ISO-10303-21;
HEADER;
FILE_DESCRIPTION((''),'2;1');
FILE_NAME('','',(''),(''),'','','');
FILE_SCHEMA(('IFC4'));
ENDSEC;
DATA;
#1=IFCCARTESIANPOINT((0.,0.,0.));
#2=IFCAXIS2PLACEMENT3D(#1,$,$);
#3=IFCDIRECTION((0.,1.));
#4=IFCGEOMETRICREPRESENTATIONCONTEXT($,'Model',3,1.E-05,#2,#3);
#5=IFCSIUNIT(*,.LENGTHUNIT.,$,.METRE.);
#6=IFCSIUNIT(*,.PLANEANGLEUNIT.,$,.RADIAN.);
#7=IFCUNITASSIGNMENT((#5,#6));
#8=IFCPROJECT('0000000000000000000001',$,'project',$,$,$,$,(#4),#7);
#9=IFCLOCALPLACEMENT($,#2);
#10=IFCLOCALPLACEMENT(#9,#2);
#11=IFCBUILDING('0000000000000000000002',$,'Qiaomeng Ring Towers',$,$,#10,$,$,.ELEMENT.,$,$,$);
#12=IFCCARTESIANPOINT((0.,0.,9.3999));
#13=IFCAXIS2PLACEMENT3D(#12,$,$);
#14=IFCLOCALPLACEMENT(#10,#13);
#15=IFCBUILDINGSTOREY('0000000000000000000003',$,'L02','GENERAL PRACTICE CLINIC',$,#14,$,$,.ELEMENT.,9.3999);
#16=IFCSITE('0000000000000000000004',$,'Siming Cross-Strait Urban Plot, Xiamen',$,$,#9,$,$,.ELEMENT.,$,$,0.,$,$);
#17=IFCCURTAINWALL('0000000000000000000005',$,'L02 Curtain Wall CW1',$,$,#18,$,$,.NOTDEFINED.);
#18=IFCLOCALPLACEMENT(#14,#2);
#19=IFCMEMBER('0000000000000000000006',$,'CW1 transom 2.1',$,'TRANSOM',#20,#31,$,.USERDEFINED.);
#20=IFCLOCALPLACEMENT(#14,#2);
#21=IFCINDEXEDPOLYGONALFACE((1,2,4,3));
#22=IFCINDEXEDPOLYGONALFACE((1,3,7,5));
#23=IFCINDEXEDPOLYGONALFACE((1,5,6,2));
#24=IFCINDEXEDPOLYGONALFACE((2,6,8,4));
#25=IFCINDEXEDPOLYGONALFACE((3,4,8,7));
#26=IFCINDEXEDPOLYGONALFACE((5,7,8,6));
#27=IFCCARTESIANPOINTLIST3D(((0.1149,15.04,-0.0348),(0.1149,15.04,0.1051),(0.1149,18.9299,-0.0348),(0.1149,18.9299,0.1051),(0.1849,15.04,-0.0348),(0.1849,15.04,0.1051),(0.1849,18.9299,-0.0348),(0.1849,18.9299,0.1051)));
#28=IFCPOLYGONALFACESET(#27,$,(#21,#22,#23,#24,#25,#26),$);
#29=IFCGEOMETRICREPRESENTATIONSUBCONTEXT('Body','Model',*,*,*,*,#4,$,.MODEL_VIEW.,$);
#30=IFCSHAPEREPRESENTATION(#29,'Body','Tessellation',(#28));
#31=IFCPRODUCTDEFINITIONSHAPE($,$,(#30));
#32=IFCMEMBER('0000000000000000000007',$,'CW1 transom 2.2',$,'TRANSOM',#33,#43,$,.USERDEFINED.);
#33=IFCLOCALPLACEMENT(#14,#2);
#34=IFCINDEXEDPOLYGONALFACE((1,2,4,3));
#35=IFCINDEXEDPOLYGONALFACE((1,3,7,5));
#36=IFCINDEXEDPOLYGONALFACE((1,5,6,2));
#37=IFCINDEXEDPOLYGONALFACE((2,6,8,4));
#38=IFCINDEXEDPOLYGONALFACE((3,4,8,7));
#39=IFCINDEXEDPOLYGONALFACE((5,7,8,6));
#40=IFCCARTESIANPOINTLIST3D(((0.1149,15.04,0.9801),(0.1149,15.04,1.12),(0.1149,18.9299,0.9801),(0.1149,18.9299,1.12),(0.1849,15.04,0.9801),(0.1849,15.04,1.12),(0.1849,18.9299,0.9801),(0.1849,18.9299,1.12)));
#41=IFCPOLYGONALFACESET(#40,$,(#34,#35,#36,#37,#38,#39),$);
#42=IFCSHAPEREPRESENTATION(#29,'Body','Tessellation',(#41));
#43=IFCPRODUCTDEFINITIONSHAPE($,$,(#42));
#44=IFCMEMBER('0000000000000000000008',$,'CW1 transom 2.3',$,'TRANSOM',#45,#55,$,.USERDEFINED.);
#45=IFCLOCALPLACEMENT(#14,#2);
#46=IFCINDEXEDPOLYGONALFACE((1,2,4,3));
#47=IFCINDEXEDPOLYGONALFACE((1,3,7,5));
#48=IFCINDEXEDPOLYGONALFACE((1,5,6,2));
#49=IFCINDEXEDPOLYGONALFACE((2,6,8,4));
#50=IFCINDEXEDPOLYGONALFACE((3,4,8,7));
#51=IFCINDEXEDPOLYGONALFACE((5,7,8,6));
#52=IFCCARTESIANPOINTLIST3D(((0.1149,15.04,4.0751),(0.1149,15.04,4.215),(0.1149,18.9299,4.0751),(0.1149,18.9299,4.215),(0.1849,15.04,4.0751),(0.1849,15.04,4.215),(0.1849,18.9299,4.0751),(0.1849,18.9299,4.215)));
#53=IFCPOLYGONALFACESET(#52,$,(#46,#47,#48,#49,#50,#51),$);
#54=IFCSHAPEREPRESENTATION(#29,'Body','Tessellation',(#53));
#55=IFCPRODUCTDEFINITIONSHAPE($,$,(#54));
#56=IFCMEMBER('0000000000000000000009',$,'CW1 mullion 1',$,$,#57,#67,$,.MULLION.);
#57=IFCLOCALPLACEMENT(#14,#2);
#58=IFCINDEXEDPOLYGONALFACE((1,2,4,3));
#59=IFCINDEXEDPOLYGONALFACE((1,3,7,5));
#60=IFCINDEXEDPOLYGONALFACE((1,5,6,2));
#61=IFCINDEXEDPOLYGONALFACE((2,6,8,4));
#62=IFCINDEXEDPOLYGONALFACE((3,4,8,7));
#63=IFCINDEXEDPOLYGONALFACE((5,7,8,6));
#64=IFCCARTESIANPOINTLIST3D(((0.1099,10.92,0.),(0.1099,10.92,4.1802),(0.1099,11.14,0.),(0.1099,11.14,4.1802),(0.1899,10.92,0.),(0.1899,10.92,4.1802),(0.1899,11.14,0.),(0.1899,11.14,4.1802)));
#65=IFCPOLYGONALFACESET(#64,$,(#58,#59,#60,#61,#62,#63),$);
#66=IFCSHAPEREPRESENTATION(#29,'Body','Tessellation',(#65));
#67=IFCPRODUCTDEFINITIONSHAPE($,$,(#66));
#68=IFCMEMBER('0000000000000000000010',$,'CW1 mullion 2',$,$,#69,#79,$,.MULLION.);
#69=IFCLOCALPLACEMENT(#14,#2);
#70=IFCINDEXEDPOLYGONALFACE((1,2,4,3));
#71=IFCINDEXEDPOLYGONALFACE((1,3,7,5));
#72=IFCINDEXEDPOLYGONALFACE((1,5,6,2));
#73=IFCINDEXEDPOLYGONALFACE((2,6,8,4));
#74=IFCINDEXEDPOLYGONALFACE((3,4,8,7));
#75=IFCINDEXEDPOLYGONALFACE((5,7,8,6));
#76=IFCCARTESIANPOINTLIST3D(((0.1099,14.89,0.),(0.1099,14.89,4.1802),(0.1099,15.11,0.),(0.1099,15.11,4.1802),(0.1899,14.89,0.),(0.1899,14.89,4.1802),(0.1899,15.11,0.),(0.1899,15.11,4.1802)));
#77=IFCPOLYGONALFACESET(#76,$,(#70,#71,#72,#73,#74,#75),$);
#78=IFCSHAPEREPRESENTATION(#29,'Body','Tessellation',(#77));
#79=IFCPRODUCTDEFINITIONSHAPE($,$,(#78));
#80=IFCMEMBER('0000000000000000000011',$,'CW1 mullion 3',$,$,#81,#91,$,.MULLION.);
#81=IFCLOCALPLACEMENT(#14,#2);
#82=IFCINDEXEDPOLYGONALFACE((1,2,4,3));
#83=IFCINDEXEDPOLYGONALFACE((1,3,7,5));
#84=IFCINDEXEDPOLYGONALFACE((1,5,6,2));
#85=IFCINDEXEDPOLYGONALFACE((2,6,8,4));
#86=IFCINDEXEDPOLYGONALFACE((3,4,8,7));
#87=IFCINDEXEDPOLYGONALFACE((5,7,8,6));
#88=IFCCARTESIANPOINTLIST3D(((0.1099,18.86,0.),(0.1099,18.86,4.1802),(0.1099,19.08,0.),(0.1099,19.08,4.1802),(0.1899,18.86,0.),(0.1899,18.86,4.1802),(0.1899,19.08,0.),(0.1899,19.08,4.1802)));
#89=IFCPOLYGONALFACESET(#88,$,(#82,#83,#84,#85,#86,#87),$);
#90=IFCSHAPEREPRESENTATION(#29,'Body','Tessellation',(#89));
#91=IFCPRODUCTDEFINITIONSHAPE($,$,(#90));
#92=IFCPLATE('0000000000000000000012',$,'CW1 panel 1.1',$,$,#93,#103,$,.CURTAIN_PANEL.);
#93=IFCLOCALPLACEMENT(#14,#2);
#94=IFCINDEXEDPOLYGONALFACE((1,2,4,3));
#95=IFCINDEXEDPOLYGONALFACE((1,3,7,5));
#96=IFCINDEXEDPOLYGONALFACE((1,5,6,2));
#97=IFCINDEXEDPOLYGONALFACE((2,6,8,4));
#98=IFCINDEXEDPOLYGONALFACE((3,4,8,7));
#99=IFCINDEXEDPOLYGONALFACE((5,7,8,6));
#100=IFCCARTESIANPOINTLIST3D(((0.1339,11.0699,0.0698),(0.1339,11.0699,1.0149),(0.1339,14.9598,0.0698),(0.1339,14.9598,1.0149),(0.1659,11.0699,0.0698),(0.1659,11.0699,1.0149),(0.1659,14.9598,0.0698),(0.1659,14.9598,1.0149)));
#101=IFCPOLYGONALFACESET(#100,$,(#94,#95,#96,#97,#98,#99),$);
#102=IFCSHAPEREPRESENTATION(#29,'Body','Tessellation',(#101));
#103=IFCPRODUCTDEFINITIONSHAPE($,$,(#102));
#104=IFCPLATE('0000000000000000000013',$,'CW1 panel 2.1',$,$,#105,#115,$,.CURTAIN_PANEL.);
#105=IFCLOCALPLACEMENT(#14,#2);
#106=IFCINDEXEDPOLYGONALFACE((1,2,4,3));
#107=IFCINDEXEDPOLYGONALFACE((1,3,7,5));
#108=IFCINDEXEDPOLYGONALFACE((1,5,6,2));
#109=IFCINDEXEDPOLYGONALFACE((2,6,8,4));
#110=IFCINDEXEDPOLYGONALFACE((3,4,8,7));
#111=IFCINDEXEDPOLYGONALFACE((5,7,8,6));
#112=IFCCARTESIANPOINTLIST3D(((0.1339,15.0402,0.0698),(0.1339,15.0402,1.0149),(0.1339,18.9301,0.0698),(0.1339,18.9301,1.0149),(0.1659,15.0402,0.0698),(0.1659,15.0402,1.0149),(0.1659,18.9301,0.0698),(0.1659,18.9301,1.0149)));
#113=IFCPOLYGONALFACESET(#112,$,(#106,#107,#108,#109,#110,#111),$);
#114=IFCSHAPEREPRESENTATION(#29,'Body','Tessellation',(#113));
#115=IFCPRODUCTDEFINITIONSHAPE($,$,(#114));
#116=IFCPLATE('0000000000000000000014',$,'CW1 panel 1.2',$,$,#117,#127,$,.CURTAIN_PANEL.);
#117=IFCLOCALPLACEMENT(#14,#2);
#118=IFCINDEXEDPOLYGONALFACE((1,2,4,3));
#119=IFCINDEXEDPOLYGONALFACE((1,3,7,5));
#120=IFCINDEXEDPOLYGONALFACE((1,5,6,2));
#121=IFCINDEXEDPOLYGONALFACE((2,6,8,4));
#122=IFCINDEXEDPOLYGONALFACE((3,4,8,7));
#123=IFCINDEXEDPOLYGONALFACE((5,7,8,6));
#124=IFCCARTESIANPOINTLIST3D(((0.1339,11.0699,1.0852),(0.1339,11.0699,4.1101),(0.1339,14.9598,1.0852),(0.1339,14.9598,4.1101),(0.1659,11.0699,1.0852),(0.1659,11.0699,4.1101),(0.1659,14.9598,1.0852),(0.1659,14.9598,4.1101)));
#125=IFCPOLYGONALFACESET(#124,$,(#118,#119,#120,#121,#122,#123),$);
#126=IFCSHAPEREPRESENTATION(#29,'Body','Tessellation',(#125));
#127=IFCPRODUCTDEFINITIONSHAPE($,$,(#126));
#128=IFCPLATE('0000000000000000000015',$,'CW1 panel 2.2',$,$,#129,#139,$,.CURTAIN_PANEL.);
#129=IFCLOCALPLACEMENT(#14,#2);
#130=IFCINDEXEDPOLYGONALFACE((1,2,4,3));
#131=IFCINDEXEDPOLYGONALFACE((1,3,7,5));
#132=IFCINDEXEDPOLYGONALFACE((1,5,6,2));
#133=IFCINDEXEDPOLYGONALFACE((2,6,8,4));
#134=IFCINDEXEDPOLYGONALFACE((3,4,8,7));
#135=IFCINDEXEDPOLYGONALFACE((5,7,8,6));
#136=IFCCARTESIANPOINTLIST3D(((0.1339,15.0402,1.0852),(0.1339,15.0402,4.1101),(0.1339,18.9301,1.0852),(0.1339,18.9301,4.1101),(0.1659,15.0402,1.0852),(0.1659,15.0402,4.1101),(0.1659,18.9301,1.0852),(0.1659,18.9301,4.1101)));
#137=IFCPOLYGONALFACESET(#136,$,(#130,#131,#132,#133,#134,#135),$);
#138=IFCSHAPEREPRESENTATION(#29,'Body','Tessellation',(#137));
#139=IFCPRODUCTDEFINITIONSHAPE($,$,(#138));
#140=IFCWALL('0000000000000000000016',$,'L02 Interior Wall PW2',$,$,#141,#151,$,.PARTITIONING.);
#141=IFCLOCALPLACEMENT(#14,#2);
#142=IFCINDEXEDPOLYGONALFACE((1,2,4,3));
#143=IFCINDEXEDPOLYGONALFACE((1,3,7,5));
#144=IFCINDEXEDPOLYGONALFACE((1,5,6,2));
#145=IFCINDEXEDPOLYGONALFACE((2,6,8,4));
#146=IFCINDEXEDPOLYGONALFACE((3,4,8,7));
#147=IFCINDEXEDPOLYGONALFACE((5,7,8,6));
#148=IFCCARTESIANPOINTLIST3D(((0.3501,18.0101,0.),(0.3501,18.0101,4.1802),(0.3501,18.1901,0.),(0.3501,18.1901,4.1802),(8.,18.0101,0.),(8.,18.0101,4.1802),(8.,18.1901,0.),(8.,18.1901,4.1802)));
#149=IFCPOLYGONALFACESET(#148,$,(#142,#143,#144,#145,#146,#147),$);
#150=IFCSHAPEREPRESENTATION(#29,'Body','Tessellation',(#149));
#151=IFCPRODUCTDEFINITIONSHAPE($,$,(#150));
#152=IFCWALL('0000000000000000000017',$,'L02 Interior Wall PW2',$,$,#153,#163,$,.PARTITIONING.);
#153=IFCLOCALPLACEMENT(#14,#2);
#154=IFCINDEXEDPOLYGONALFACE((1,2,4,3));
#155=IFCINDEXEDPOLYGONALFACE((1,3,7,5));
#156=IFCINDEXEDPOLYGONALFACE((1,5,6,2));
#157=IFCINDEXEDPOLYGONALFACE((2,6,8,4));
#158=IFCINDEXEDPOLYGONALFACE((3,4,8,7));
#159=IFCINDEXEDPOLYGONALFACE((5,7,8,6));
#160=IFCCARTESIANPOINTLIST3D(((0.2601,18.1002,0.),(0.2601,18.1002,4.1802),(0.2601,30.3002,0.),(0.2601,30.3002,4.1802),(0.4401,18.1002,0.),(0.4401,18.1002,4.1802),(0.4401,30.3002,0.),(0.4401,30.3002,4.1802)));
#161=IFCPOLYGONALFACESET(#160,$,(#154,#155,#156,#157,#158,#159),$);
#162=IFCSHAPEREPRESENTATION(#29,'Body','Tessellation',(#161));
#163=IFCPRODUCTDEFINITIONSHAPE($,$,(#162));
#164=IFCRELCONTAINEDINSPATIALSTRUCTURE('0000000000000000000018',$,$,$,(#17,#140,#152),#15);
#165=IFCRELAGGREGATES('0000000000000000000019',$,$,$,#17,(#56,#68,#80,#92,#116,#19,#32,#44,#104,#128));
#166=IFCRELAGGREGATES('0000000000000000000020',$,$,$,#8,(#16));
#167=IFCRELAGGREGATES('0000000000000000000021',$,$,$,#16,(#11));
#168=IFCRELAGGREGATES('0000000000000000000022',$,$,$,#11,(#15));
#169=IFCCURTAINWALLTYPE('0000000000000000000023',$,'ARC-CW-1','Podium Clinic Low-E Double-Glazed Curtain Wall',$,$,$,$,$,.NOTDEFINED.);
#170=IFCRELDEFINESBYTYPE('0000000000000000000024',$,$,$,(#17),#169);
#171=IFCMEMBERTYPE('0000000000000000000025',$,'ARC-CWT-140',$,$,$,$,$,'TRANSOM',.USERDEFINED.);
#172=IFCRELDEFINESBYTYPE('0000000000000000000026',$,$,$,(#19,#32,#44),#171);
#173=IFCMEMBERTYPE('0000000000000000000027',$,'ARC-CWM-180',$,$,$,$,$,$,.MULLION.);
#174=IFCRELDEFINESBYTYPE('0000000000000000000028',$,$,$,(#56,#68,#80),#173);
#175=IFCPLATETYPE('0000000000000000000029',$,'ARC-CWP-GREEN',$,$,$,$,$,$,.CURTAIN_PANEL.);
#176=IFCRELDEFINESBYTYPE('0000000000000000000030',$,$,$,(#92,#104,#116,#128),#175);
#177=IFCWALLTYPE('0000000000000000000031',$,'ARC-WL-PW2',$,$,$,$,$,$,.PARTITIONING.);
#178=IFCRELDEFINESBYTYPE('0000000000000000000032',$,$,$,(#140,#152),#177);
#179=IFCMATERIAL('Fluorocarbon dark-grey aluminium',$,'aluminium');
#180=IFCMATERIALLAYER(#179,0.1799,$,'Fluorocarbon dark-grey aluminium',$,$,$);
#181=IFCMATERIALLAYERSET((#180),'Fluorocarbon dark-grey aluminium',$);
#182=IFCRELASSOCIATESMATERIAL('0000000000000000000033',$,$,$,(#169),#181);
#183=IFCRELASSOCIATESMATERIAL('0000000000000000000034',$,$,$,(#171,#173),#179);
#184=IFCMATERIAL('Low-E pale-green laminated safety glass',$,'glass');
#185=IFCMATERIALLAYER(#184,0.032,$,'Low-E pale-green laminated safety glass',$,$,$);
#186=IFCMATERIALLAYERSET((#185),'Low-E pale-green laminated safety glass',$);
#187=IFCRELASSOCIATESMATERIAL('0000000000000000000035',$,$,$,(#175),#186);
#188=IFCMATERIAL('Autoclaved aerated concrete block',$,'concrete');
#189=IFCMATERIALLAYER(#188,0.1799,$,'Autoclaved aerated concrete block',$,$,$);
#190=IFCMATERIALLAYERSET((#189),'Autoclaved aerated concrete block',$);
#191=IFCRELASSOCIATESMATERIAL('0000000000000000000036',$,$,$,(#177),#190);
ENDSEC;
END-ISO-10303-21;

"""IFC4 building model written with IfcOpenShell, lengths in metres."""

from ifc_helpers import new_model, si_unit, direction, frame, frame_2d, origin, origin_2d, place, context, subcontext, project, spatial, rectangle, extrude, source, transform, mapped, material, layer, layer_set, material_profile, profile_set, type_object, element, aggregate, save


model = new_model("IFC4")

# Units and contexts
model_context = context("Model", 3, precision=1e-05, world=origin(), true_north=direction((0.0, 1.0)))
body_context = subcontext(model_context, "Body", "Model", "MODEL_VIEW")
ifc_project = project(units=[si_unit("LENGTHUNIT", "METRE"), si_unit("PLANEANGLEUNIT", "RADIAN")], contexts=[model_context])

# Site, building, storey
site_placement = place(None, origin())
site = spatial("IfcSite", under=ifc_project, at=site_placement, Name="Siming Cross-Strait Urban Plot, Xiamen", CompositionType="ELEMENT", RefElevation=0.0)
building_placement = place(site_placement, origin())
building = spatial("IfcBuilding", under=site, at=building_placement, Name="Qiaomeng Ring Towers", CompositionType="ELEMENT")
storey_placement = place(building_placement, frame((0.0, 0.0, 9.3999)))
storey = spatial("IfcBuildingStorey", under=building, at=storey_placement, Name="L02", Description="GENERAL PRACTICE CLINIC", CompositionType="ELEMENT", Elevation=9.3999)

# Curtain wall, members, plates
ifc_material_1 = material(Name="Fluorocarbon dark-grey aluminium", Category="aluminium")
ifc_layer_1 = layer(ifc_material_1, 0.1799, Name="Fluorocarbon dark-grey aluminium")
ifc_layer_set_1 = layer_set([ifc_layer_1], Name="Fluorocarbon dark-grey aluminium")
curtain_wall_type = type_object("IfcCurtainWallType", Name="ARC-CW-1", Description="Podium Clinic Low-E Double-Glazed Curtain Wall", PredefinedType="NOTDEFINED", material=ifc_layer_set_1)
curtain_wall_placement = place(storey_placement, origin())
curtain_wall = element("IfcCurtainWall", 1, at=curtain_wall_placement, inside=storey, type_object=curtain_wall_type, Name="L02 Curtain Wall CW1", PredefinedType="NOTDEFINED")
ifc_material_profile_1 = material_profile(ifc_material_1, rectangle(XDim=0.0701, YDim=0.1399, at=origin_2d()), Name="ALU TRAN 70x140")
ifc_profile_set_1 = profile_set([ifc_material_profile_1], Name="Fluorocarbon dark-grey aluminium")
member_type_1 = type_object("IfcMemberType", Name="ARC-CWT-140", ElementType="TRANSOM", PredefinedType="USERDEFINED", material=ifc_profile_set_1)
shared_shape_1 = source(origin(), body_context, "Body", "SweptSolid", [
    extrude(rectangle(XDim=0.0701, YDim=0.1399, at=origin_2d()), origin(), (0.0, 0.0, 1.0), 3.8899),
])
member_1_placement = place(storey_placement, frame((0.1499, 15.04, 0.0352), z_axis=(0.0, 1.0, 0.0), x_axis=(-1.0, 0.0, 0.0)))
member_1 = element("IfcMember", 2, at=member_1_placement, type_object=member_type_1, Name="CW1 transom 2.1", ObjectType="TRANSOM", PredefinedType="USERDEFINED", context=body_context, shape_type="MappedRepresentation", body=[
    mapped(shared_shape_1, transform((0.0, 0.0, 0.0), x_axis=(1.0, 0.0, 0.0), y_axis=(0.0, 1.0, 0.0), z_axis=(0.0, 0.0, 1.0), scale=1.0)),
])
member_2_placement = place(storey_placement, frame((0.1499, 15.04, 1.05), z_axis=(0.0, 1.0, 0.0), x_axis=(-1.0, 0.0, 0.0)))
member_2 = element("IfcMember", 3, at=member_2_placement, type_object=member_type_1, Name="CW1 transom 2.2", ObjectType="TRANSOM", PredefinedType="USERDEFINED", context=body_context, shape_type="MappedRepresentation", body=[
    mapped(shared_shape_1, transform((0.0, 0.0, 0.0), x_axis=(1.0, 0.0, 0.0), y_axis=(0.0, 1.0, 0.0), z_axis=(0.0, 0.0, 1.0), scale=1.0)),
])
member_3_placement = place(storey_placement, frame((0.1499, 15.04, 4.145), z_axis=(0.0, 1.0, 0.0), x_axis=(-1.0, 0.0, 0.0)))
member_3 = element("IfcMember", 4, at=member_3_placement, type_object=member_type_1, Name="CW1 transom 2.3", ObjectType="TRANSOM", PredefinedType="USERDEFINED", context=body_context, shape_type="MappedRepresentation", body=[
    mapped(shared_shape_1, transform((0.0, 0.0, 0.0), x_axis=(1.0, 0.0, 0.0), y_axis=(0.0, 1.0, 0.0), z_axis=(0.0, 0.0, 1.0), scale=1.0)),
])
ifc_material_profile_2 = material_profile(ifc_material_1, rectangle(XDim=0.0801, YDim=0.22, at=origin_2d()), Name="ALU MULL 80x220")
ifc_profile_set_2 = profile_set([ifc_material_profile_2], Name="Fluorocarbon dark-grey aluminium")
member_type_2 = type_object("IfcMemberType", Name="ARC-CWM-180", PredefinedType="MULLION", material=ifc_profile_set_2)
shared_shape_2 = source(origin(), body_context, "Body", "SweptSolid", [
    extrude(rectangle(XDim=0.0801, YDim=0.22, at=origin_2d()), origin(), (0.0, 0.0, 1.0), 4.1802),
])
member_4_placement = place(storey_placement, frame((0.1499, 11.03, 0.0), z_axis=(0.0, 0.0, 1.0), x_axis=(-1.0, 0.0, 0.0)))
member_4 = element("IfcMember", 5, at=member_4_placement, type_object=member_type_2, Name="CW1 mullion 1", PredefinedType="MULLION", context=body_context, shape_type="MappedRepresentation", body=[
    mapped(shared_shape_2, transform((0.0, 0.0, 0.0), x_axis=(1.0, 0.0, 0.0), y_axis=(0.0, 1.0, 0.0), z_axis=(0.0, 0.0, 1.0), scale=1.0)),
])
member_5_placement = place(storey_placement, frame((0.1499, 15.0, 0.0), z_axis=(0.0, 0.0, 1.0), x_axis=(-1.0, 0.0, 0.0)))
member_5 = element("IfcMember", 6, at=member_5_placement, type_object=member_type_2, Name="CW1 mullion 2", PredefinedType="MULLION", context=body_context, shape_type="MappedRepresentation", body=[
    mapped(shared_shape_2, transform((0.0, 0.0, 0.0), x_axis=(1.0, 0.0, 0.0), y_axis=(0.0, 1.0, 0.0), z_axis=(0.0, 0.0, 1.0), scale=1.0)),
])
member_6_placement = place(storey_placement, frame((0.1499, 18.97, 0.0), z_axis=(0.0, 0.0, 1.0), x_axis=(-1.0, 0.0, 0.0)))
member_6 = element("IfcMember", 7, at=member_6_placement, type_object=member_type_2, Name="CW1 mullion 3", PredefinedType="MULLION", context=body_context, shape_type="MappedRepresentation", body=[
    mapped(shared_shape_2, transform((0.0, 0.0, 0.0), x_axis=(1.0, 0.0, 0.0), y_axis=(0.0, 1.0, 0.0), z_axis=(0.0, 0.0, 1.0), scale=1.0)),
])
ifc_material_2 = material(Name="Low-E pale-green laminated safety glass", Category="glass")
ifc_layer_2 = layer(ifc_material_2, 0.032, Name="Low-E pale-green laminated safety glass")
ifc_layer_set_2 = layer_set([ifc_layer_2], Name="Low-E pale-green laminated safety glass")
plate_type = type_object("IfcPlateType", Name="ARC-CWP-GREEN", PredefinedType="CURTAIN_PANEL", material=ifc_layer_set_2)
shared_shape_3 = source(origin(), body_context, "Body", "SweptSolid", [
    extrude(rectangle(XDim=3.8899, YDim=0.032, at=origin_2d()), origin(), (0.0, 0.0, 1.0), 0.9451),
])
plate_1_placement = place(storey_placement, frame((0.1499, 13.0149, 0.0698), z_axis=(0.0, 0.0, 1.0), x_axis=(0.0, 1.0, 0.0)))
plate_1 = element("IfcPlate", 8, at=plate_1_placement, type_object=plate_type, Name="CW1 panel 1.1", PredefinedType="CURTAIN_PANEL", context=body_context, shape_type="MappedRepresentation", body=[
    mapped(shared_shape_3, transform((0.0, 0.0, 0.0), x_axis=(1.0, 0.0, 0.0), y_axis=(0.0, 1.0, 0.0), z_axis=(0.0, 0.0, 1.0), scale=1.0)),
])
plate_2_placement = place(storey_placement, frame((0.1499, 16.9851, 0.0698), z_axis=(0.0, 0.0, 1.0), x_axis=(0.0, 1.0, 0.0)))
plate_2 = element("IfcPlate", 9, at=plate_2_placement, type_object=plate_type, Name="CW1 panel 2.1", PredefinedType="CURTAIN_PANEL", context=body_context, shape_type="MappedRepresentation", body=[
    mapped(shared_shape_3, transform((0.0, 0.0, 0.0), x_axis=(1.0, 0.0, 0.0), y_axis=(0.0, 1.0, 0.0), z_axis=(0.0, 0.0, 1.0), scale=1.0)),
])
shared_shape_4 = source(origin(), body_context, "Body", "SweptSolid", [
    extrude(rectangle(XDim=3.8899, YDim=0.032, at=origin_2d()), origin(), (0.0, 0.0, 1.0), 3.0249),
])
plate_3_placement = place(storey_placement, frame((0.1499, 13.0149, 1.0852), z_axis=(0.0, 0.0, 1.0), x_axis=(0.0, 1.0, 0.0)))
plate_3 = element("IfcPlate", 10, at=plate_3_placement, type_object=plate_type, Name="CW1 panel 1.2", PredefinedType="CURTAIN_PANEL", context=body_context, shape_type="MappedRepresentation", body=[
    mapped(shared_shape_4, transform((0.0, 0.0, 0.0), x_axis=(1.0, 0.0, 0.0), y_axis=(0.0, 1.0, 0.0), z_axis=(0.0, 0.0, 1.0), scale=1.0)),
])
plate_4_placement = place(storey_placement, frame((0.1499, 16.9851, 1.0852), z_axis=(0.0, 0.0, 1.0), x_axis=(0.0, 1.0, 0.0)))
plate_4 = element("IfcPlate", 11, at=plate_4_placement, type_object=plate_type, Name="CW1 panel 2.2", PredefinedType="CURTAIN_PANEL", context=body_context, shape_type="MappedRepresentation", body=[
    mapped(shared_shape_4, transform((0.0, 0.0, 0.0), x_axis=(1.0, 0.0, 0.0), y_axis=(0.0, 1.0, 0.0), z_axis=(0.0, 0.0, 1.0), scale=1.0)),
])
aggregate(curtain_wall, [member_4, member_5, member_6, plate_1, plate_3, member_1, member_2, member_3, plate_2, plate_4])

# Walls
ifc_material_3 = material(Name="Autoclaved aerated concrete block", Category="concrete")
ifc_layer_3 = layer(ifc_material_3, 0.1799, Name="Autoclaved aerated concrete block")
ifc_layer_set_3 = layer_set([ifc_layer_3], Name="Autoclaved aerated concrete block")
wall_type_1 = type_object("IfcWallType", Name="ARC-WL-PW2", PredefinedType="PARTITIONING", material=ifc_layer_set_3)
wall_1_placement = place(storey_placement, frame((0.3501, 18.1001, 0.0), z_axis=(0.0, 0.0, 1.0), x_axis=(1.0, 0.0, 0.0)))
element("IfcWall", 12, at=wall_1_placement, inside=storey, type_object=wall_type_1, Name="L02 Interior Wall PW2", PredefinedType="PARTITIONING", context=body_context, shape_type="SweptSolid", body=[
    extrude(rectangle(XDim=7.6499, YDim=0.1799, at=frame_2d((3.825, 0.0))), origin(), (0.0, 0.0, 1.0), 4.1802),
])
wall_2_placement = place(storey_placement, frame((0.3501, 18.1001, 0.0), z_axis=(0.0, 0.0, 1.0), x_axis=(0.0, 1.0, 0.0)))
element("IfcWall", 13, at=wall_2_placement, inside=storey, type_object=wall_type_1, Name="L02 Interior Wall PW2", PredefinedType="PARTITIONING", context=body_context, shape_type="SweptSolid", body=[
    extrude(rectangle(XDim=12.2, YDim=0.1799, at=frame_2d((6.1001, 0.0))), origin(), (0.0, 0.0, 1.0), 4.1802),
])

save(model, "model.ifc")
